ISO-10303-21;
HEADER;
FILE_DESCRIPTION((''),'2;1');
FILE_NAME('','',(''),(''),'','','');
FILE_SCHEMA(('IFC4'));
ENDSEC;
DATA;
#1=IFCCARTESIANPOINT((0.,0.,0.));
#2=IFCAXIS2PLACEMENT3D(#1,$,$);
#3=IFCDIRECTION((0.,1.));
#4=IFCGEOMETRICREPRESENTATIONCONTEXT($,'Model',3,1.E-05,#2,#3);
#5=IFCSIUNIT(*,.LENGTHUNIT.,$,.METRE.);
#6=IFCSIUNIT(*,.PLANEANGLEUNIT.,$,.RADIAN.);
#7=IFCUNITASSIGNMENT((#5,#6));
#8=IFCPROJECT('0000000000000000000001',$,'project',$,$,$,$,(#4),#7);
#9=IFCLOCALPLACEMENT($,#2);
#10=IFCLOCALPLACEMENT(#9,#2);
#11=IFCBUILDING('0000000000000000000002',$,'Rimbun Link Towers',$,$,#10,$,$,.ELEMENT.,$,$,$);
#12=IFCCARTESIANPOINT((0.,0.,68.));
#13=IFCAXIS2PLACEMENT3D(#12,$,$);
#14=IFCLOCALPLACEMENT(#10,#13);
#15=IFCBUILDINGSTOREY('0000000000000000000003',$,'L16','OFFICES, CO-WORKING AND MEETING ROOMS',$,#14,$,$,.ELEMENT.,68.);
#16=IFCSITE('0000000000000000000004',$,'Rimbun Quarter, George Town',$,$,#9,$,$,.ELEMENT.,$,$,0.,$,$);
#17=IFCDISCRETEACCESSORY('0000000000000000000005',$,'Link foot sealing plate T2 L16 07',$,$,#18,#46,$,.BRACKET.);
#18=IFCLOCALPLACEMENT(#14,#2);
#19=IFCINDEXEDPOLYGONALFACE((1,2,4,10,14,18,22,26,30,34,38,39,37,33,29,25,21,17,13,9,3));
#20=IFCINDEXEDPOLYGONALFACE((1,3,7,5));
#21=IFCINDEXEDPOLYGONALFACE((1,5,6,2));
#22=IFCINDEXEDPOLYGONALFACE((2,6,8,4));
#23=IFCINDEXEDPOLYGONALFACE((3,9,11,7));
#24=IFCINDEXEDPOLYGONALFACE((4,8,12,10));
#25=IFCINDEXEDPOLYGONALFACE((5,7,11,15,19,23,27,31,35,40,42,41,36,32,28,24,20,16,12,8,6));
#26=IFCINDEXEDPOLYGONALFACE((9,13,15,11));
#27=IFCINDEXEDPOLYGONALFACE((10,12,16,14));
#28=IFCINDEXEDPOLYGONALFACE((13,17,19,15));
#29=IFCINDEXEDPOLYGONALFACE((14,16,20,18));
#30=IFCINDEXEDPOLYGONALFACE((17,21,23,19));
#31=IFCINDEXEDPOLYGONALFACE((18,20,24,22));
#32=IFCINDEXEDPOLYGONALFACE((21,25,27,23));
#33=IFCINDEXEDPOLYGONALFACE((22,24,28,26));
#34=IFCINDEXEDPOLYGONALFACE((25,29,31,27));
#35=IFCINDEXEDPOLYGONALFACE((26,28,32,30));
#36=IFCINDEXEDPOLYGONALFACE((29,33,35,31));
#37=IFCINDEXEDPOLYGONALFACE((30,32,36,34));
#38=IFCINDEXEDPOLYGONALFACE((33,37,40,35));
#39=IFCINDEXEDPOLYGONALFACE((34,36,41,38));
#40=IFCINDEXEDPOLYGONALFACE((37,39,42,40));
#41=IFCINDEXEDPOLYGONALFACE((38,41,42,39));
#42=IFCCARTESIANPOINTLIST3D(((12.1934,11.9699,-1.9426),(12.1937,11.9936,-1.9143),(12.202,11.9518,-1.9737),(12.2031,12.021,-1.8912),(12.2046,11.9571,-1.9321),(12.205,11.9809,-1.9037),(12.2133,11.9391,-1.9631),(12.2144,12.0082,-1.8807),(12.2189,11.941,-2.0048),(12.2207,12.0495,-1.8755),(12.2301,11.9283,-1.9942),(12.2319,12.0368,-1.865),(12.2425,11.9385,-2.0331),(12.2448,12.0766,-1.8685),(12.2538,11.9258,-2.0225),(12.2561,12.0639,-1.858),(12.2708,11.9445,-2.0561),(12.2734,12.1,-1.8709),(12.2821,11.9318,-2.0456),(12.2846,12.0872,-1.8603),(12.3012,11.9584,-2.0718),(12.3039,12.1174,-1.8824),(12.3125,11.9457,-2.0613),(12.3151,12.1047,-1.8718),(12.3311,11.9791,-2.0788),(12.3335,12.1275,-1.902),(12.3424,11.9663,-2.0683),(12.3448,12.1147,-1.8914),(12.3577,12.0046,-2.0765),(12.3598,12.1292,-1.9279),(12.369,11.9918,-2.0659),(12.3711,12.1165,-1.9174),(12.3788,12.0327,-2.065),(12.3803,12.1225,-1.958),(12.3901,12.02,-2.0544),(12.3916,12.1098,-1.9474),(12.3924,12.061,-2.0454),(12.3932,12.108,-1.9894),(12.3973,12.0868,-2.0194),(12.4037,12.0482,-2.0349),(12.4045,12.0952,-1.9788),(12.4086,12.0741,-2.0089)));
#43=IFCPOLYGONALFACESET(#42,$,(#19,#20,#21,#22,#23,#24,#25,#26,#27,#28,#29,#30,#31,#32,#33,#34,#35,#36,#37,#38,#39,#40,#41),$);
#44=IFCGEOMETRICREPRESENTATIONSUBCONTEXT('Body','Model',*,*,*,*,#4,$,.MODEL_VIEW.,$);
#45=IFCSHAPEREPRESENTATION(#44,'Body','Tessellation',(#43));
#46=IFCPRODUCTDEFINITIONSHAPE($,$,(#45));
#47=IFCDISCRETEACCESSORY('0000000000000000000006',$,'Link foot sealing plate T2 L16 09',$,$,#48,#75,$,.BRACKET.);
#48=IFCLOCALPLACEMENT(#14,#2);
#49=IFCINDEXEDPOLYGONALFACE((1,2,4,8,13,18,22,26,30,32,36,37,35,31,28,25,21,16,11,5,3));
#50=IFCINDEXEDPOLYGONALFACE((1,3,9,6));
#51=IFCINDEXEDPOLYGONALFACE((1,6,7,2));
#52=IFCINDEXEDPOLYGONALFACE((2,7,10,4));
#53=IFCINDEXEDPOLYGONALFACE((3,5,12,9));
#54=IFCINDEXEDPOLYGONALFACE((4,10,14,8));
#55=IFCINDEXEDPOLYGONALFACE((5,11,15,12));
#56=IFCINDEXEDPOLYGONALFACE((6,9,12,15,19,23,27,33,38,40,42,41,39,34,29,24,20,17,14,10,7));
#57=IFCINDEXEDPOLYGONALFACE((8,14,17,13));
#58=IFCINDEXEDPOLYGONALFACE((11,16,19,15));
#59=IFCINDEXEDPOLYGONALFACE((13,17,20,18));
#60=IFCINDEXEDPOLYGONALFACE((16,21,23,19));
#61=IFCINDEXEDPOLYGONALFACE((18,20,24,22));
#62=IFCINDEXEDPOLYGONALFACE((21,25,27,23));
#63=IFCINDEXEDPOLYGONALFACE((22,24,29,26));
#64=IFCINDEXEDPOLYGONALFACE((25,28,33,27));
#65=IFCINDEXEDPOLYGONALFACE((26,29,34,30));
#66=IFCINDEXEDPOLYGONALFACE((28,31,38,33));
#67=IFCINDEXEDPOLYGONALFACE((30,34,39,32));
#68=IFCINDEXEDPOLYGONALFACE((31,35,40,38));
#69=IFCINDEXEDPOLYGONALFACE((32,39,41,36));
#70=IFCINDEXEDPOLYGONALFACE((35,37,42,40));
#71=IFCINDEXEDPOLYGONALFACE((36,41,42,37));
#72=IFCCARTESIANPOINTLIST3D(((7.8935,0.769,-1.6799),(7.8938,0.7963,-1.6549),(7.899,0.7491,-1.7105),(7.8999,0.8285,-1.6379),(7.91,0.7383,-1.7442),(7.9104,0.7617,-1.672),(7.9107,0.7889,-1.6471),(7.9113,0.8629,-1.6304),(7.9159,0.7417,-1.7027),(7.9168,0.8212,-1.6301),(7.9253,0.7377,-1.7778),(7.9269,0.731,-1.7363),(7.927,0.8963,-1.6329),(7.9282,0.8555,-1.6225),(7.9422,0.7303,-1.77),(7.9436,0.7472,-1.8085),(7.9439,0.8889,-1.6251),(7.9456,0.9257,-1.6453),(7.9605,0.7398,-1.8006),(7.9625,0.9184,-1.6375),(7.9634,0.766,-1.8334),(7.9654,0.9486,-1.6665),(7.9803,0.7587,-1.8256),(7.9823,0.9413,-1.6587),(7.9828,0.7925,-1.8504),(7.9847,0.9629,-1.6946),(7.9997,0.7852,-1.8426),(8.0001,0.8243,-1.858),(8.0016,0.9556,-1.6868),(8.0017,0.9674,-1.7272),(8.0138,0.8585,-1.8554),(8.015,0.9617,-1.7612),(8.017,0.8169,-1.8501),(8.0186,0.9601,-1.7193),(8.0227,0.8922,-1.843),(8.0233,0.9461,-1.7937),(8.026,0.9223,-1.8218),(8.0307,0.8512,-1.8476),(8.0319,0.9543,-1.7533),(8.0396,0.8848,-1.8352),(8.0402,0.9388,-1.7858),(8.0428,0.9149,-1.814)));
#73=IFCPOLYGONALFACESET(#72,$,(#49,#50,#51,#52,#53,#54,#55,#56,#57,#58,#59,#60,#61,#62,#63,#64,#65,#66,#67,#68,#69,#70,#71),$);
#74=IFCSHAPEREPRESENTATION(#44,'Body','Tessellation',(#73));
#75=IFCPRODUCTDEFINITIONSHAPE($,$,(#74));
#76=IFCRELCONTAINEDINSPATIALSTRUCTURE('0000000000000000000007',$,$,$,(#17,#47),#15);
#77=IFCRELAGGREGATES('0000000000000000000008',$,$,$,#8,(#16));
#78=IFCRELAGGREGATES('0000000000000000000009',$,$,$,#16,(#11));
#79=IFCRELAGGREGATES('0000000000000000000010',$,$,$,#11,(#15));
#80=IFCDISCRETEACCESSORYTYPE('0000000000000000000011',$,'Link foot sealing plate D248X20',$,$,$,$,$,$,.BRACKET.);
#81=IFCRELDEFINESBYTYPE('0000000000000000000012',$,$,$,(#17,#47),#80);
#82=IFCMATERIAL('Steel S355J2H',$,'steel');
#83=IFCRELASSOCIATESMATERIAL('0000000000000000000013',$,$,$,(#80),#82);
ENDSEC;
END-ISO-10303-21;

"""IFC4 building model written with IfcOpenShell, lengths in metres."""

from ifc_helpers import new_model, si_unit, direction, frame, origin, origin_2d, place, context, subcontext, project, spatial, circle, extrude, material, material_profile, profile_set, type_object, element, save


model = new_model("IFC4")

# Units and contexts
model_context = context("Model", 3, precision=1e-05, world=origin(), true_north=direction((0.0, 1.0)))
body_context = subcontext(model_context, "Body", "Model", "MODEL_VIEW")
ifc_project = project(units=[si_unit("LENGTHUNIT", "METRE"), si_unit("PLANEANGLEUNIT", "RADIAN")], contexts=[model_context])

# Site, building, storey
site_placement = place(None, origin())
site = spatial("IfcSite", under=ifc_project, at=site_placement, Name="Rimbun Quarter, George Town", CompositionType="ELEMENT", RefElevation=0.0)
building_placement = place(site_placement, origin())
building = spatial("IfcBuilding", under=site, at=building_placement, Name="Rimbun Link Towers", CompositionType="ELEMENT")
storey_placement = place(building_placement, frame((0.0, 0.0, 68.0)))
storey = spatial("IfcBuildingStorey", under=building, at=storey_placement, Name="L16", Description="OFFICES, CO-WORKING AND MEETING ROOMS", CompositionType="ELEMENT", Elevation=68.0)

# Discrete accessories
ifc_material_1 = material(Name="Steel S355J2H", Category="steel")
ifc_material_profile_1 = material_profile(ifc_material_1, circle(Radius=0.124, at=origin_2d()), Name="PL D248")
ifc_profile_set_1 = profile_set([ifc_material_profile_1], Name="Steel S355J2H")
discrete_accessory_type = type_object("IfcDiscreteAccessoryType", Name="Link foot sealing plate D248X20", PredefinedType="BRACKET", material=ifc_profile_set_1)
for number, where, z_axis, x_axis, name in (
    (1, (12.3062, 12.0212, -1.9631), (-0.563284, 0.636756, -0.526548), (-0.748997, -0.662574, 0.0), "Link foot sealing plate T2 L16 07"),
    (2, (7.9763, 0.8447, -1.7363), (-0.843914, 0.366919, -0.391381), (-0.398726, -0.91707, 0.0), "Link foot sealing plate T2 L16 09"),
):
    element("IfcDiscreteAccessory", number, at=place(storey_placement, frame(where, z_axis=z_axis, x_axis=x_axis)), inside=storey, type_object=discrete_accessory_type, Name=name, PredefinedType="BRACKET", context=body_context, shape_type="SweptSolid", body=[
        extrude(circle(Radius=0.124, at=origin_2d()), origin(), (0.0, 0.0, 1.0), 0.02),
    ])

save(model, "model.ifc")
